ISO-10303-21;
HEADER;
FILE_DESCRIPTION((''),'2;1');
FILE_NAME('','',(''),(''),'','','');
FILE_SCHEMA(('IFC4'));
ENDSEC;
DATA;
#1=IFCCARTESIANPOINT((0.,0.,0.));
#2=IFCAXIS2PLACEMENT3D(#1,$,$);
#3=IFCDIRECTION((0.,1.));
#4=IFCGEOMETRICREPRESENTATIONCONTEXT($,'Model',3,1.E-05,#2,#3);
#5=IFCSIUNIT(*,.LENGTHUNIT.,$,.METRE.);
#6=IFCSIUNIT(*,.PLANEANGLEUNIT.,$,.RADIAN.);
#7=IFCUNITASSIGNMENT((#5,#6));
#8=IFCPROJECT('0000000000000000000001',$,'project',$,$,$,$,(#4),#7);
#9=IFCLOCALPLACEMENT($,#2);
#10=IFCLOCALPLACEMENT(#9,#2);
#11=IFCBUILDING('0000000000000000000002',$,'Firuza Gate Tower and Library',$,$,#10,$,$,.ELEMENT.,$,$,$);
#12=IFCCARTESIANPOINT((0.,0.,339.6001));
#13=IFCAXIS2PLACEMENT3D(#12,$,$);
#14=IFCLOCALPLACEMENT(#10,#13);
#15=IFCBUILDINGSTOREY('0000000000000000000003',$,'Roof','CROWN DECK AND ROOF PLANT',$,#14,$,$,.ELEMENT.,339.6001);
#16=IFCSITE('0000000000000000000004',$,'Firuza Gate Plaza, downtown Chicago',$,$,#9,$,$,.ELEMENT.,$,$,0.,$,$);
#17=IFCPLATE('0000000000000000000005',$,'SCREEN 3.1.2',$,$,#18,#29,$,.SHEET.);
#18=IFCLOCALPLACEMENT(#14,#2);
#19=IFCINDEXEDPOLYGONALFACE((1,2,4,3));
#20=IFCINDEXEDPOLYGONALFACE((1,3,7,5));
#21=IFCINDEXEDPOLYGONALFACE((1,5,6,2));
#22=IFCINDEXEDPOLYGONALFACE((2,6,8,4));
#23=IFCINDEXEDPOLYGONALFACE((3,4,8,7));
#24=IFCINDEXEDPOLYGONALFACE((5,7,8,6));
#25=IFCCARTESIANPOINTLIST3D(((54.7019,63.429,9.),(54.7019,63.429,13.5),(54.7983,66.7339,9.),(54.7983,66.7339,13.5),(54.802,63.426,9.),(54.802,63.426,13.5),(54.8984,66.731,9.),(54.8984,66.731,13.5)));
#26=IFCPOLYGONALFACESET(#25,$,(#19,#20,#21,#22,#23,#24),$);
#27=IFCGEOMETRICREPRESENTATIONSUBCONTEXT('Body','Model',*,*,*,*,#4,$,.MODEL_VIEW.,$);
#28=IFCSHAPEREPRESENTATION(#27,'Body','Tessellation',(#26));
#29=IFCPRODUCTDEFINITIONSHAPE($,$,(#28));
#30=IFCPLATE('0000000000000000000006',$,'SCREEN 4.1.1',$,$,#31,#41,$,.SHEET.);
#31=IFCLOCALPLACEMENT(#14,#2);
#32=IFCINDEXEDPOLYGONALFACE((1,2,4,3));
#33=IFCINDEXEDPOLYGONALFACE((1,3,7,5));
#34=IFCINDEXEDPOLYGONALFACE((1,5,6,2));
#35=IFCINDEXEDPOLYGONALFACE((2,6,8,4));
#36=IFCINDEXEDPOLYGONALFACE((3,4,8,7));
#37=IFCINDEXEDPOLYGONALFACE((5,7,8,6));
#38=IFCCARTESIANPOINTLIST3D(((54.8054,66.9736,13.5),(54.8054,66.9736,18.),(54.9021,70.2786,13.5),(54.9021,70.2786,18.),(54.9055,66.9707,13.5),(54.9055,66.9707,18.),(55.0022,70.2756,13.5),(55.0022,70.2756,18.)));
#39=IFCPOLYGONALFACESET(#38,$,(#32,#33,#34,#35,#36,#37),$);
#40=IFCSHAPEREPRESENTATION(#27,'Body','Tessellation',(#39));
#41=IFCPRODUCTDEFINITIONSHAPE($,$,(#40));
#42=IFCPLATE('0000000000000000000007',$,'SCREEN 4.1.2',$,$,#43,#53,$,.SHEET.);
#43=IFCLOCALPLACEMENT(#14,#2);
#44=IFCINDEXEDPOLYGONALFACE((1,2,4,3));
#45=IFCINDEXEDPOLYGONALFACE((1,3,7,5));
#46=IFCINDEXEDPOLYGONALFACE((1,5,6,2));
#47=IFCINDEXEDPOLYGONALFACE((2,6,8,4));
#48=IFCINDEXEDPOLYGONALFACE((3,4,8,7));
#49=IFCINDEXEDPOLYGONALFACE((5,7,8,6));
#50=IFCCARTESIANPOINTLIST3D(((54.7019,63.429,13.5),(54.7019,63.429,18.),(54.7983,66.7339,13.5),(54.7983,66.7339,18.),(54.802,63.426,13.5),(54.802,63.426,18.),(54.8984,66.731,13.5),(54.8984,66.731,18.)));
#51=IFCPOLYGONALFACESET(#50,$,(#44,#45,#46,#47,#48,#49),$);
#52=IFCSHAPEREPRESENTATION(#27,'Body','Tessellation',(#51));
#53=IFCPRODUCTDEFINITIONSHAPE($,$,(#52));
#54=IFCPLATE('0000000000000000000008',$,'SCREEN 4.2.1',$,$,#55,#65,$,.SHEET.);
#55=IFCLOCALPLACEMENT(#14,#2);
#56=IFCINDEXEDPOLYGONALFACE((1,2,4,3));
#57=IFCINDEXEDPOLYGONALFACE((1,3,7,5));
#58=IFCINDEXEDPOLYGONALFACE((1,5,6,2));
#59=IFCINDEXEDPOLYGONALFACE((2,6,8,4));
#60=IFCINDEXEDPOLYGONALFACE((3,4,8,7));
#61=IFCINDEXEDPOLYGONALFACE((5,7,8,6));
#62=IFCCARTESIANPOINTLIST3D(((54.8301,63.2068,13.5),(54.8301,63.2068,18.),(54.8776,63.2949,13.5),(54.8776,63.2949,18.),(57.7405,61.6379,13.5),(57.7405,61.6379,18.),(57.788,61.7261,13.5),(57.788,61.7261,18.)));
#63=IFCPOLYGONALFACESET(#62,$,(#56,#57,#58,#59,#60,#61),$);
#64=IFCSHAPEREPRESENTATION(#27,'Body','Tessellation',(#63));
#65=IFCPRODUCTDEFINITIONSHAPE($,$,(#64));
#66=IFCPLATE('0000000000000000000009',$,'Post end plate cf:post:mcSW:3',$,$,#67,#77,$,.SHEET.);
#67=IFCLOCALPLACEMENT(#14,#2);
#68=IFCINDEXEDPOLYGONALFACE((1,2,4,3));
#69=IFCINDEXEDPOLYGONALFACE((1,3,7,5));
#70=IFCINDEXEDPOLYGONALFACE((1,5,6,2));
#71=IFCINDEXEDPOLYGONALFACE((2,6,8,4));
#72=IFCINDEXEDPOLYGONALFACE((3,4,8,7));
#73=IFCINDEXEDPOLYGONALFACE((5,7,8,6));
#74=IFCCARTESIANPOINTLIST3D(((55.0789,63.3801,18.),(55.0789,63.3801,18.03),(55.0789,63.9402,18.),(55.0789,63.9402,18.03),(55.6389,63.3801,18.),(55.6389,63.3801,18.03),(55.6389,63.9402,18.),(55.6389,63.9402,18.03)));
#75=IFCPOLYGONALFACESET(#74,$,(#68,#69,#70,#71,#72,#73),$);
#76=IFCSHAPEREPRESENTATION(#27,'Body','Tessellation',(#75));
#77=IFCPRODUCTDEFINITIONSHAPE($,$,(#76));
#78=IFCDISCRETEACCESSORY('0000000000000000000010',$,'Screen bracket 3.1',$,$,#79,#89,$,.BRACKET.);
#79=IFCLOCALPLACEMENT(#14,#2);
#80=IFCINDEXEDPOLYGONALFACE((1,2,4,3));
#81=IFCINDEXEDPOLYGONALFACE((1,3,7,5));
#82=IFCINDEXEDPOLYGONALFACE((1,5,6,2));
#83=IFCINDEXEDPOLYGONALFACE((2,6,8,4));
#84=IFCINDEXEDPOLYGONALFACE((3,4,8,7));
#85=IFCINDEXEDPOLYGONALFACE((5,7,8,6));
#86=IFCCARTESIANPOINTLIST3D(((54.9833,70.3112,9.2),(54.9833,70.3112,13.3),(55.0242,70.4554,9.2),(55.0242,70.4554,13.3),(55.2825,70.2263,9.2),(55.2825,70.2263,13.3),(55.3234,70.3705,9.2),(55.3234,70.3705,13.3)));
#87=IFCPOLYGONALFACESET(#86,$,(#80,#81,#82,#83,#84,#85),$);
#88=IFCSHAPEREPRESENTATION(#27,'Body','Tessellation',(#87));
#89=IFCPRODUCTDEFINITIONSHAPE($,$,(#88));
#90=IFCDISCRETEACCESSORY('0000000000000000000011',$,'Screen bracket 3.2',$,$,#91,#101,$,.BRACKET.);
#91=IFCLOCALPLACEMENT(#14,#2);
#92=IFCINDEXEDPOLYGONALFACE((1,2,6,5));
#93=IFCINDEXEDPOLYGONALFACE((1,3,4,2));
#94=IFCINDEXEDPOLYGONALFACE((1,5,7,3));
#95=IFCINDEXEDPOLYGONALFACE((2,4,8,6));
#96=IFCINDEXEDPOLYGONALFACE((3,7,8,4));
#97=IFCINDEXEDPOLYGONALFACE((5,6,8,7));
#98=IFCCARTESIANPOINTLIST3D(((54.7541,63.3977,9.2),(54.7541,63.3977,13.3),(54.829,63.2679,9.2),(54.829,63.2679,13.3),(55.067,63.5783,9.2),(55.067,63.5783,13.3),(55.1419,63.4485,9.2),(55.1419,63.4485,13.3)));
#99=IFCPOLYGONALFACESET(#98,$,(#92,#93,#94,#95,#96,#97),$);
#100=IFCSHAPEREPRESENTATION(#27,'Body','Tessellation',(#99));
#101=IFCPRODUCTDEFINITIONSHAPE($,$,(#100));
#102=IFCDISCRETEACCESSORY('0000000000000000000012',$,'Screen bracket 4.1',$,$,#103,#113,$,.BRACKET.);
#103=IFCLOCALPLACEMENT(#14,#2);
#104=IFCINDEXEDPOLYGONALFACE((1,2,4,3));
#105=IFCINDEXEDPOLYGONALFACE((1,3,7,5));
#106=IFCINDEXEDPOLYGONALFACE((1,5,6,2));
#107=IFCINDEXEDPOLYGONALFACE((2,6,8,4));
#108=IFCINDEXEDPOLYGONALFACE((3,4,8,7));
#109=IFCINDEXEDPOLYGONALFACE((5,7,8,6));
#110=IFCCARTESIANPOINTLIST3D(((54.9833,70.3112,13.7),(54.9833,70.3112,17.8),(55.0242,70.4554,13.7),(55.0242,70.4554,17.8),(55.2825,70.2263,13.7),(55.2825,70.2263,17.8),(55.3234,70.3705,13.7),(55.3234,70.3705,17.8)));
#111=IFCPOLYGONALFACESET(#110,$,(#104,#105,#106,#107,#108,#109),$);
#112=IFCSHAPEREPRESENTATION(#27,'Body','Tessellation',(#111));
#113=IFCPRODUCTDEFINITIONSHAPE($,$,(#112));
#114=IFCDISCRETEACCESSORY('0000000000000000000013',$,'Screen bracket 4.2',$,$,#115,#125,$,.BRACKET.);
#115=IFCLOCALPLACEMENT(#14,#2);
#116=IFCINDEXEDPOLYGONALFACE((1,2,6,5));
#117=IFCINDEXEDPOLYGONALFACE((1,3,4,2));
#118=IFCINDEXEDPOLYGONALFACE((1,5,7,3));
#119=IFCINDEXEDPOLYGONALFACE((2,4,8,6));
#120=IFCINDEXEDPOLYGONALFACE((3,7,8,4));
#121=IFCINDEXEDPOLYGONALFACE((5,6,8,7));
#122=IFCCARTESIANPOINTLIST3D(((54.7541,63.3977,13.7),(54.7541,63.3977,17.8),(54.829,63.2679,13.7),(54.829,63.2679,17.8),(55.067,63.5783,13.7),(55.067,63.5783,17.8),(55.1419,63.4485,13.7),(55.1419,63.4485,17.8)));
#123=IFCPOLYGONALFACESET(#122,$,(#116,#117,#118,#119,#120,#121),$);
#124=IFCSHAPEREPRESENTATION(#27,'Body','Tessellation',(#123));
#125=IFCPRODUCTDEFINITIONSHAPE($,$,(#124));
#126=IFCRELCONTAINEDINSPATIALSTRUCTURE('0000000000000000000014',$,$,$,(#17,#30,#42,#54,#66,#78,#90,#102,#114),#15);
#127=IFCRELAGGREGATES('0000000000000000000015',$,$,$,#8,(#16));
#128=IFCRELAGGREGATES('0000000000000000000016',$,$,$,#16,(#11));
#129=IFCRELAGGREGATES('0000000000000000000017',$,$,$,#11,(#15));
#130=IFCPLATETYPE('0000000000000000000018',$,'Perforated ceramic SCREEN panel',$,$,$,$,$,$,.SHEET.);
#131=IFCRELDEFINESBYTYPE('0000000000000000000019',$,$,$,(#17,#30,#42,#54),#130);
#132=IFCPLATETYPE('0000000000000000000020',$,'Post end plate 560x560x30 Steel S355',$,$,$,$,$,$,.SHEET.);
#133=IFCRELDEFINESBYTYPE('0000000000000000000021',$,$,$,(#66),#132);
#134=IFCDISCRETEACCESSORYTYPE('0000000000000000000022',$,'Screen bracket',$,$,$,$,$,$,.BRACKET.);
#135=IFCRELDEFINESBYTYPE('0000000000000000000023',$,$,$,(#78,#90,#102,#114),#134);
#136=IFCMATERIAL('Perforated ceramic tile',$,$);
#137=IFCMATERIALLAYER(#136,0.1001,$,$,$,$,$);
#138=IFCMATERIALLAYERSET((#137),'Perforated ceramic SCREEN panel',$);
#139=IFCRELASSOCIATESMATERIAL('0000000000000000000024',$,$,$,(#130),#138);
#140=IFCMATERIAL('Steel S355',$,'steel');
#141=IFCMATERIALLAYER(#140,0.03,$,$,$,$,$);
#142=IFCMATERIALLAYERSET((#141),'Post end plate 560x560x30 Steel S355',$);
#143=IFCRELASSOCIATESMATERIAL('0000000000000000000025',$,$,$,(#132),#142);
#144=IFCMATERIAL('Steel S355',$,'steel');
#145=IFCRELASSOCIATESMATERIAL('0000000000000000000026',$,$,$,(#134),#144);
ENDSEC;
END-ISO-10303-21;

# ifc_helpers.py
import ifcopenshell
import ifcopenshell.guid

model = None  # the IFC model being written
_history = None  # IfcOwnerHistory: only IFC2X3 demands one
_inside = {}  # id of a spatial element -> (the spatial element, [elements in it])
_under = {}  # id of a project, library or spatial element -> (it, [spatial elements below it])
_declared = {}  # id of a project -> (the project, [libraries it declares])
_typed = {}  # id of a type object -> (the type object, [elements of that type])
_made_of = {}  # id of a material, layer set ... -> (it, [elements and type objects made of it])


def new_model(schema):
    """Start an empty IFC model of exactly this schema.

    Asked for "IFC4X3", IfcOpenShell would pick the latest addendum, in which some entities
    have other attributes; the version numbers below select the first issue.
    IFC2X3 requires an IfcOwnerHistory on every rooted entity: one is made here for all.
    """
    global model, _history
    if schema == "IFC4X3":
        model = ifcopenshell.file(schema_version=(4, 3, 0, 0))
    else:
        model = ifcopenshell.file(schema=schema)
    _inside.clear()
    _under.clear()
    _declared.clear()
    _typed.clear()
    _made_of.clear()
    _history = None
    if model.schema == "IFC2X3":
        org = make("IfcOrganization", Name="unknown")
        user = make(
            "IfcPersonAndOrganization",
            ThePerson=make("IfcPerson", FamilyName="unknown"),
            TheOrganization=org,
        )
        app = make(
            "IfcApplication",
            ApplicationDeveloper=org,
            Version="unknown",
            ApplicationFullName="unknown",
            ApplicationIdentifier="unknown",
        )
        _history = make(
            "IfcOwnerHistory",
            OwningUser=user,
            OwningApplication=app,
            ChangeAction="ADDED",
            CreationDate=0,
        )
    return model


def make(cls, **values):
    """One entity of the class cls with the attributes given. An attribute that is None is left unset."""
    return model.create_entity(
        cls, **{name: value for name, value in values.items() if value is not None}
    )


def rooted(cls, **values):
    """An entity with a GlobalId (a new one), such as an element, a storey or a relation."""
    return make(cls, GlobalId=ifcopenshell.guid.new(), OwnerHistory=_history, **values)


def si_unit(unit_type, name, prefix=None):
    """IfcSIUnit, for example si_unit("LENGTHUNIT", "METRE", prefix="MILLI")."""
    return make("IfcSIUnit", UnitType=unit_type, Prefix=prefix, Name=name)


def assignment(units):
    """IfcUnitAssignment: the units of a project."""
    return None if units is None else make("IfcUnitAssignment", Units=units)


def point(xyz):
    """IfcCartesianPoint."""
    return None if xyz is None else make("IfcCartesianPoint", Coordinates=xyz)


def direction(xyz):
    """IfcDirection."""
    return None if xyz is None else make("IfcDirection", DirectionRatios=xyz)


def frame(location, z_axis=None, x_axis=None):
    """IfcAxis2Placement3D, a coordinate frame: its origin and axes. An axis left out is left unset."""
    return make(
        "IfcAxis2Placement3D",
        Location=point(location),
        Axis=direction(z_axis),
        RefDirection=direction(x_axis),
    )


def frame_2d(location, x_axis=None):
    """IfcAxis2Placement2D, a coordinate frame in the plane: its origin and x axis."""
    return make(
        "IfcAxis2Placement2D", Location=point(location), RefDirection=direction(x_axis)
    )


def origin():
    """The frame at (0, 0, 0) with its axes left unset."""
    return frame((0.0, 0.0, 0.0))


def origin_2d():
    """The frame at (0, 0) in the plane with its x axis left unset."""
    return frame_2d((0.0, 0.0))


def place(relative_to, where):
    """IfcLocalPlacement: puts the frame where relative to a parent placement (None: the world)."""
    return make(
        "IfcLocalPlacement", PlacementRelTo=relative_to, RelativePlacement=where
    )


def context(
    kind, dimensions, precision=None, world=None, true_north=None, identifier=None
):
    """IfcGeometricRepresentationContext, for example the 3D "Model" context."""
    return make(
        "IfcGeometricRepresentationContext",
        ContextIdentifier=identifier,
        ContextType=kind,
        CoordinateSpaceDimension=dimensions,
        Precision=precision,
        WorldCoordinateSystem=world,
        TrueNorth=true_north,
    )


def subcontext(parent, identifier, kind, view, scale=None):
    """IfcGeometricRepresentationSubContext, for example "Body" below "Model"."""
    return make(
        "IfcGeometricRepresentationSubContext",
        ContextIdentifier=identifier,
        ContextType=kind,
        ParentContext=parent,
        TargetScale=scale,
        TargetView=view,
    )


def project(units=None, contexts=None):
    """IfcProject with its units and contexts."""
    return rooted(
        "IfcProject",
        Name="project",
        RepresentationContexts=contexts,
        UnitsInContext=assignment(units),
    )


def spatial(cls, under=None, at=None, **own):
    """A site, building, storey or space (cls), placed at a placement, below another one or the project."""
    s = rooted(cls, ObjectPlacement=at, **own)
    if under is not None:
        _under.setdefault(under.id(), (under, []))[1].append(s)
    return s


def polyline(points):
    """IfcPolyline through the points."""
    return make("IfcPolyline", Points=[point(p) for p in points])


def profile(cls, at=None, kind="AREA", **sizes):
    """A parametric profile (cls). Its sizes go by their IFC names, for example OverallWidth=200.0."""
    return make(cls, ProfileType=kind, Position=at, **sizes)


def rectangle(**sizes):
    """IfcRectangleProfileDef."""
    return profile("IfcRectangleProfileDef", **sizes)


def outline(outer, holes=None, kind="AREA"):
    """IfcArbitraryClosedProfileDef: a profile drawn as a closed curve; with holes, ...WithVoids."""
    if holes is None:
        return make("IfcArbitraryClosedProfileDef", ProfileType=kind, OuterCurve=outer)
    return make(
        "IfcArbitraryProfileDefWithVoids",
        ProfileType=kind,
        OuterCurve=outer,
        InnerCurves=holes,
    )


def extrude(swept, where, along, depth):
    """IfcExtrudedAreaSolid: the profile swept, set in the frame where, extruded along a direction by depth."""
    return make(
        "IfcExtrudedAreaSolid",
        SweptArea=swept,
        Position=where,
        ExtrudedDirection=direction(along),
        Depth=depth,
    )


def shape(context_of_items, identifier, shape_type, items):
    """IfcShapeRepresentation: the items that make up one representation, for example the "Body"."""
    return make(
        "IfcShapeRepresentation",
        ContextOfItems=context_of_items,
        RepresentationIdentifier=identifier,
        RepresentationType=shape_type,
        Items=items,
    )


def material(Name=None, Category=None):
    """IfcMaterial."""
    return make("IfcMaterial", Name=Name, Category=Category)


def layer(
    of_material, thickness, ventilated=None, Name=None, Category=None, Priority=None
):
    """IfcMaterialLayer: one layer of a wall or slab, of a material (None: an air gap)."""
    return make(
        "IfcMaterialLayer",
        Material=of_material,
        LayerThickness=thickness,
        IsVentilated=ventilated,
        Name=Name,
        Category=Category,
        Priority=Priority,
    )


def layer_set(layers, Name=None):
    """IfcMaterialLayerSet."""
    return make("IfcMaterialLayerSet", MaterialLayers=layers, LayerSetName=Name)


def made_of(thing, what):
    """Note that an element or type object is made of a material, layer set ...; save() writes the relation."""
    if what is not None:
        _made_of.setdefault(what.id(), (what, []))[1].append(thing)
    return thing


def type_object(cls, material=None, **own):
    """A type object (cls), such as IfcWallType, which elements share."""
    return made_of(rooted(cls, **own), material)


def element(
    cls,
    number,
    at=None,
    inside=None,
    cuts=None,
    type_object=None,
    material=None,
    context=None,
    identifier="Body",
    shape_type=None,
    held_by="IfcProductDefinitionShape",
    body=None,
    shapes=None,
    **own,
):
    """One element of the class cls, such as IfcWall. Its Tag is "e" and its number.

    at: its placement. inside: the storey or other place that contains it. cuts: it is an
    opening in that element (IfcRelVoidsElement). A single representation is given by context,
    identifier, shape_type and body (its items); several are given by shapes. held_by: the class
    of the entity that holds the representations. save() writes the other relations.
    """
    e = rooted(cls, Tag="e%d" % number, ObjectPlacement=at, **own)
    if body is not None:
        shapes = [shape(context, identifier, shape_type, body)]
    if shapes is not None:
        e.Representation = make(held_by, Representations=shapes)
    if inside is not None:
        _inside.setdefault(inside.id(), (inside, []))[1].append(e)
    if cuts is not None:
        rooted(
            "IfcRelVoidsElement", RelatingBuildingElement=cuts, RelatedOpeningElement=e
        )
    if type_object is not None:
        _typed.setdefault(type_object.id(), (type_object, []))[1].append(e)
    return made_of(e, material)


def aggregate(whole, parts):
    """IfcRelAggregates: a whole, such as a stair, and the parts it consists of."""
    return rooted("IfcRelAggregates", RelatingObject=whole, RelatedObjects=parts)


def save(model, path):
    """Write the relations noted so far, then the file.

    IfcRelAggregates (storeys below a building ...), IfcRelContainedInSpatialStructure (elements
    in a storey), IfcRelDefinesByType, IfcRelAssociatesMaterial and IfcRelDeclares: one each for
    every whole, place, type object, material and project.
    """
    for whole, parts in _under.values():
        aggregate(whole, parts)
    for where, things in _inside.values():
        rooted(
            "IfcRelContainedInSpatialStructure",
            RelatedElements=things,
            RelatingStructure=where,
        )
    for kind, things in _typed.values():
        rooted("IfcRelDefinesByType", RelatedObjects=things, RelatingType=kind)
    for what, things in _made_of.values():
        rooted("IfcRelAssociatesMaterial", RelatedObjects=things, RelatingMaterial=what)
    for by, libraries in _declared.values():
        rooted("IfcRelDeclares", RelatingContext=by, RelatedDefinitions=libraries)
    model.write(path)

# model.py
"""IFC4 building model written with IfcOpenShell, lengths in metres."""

from ifc_helpers import new_model, si_unit, direction, frame, origin, origin_2d, place, context, subcontext, project, spatial, polyline, rectangle, outline, extrude, material, layer, layer_set, type_object, element, save


model = new_model("IFC4")

# Units and contexts
model_context = context("Model", 3, precision=1e-05, world=origin(), true_north=direction((0.0, 1.0)))
body_context = subcontext(model_context, "Body", "Model", "MODEL_VIEW")
ifc_project = project(units=[si_unit("LENGTHUNIT", "METRE"), si_unit("PLANEANGLEUNIT", "RADIAN")], contexts=[model_context])

# Site, building, storey
site_placement = place(None, origin())
site = spatial("IfcSite", under=ifc_project, at=site_placement, Name="Firuza Gate Plaza, downtown Chicago", CompositionType="ELEMENT", RefElevation=0.0)
building_placement = place(site_placement, origin())
building = spatial("IfcBuilding", under=site, at=building_placement, Name="Firuza Gate Tower and Library", CompositionType="ELEMENT")
storey_placement = place(building_placement, frame((0.0, 0.0, 339.6001)))
storey = spatial("IfcBuildingStorey", under=building, at=storey_placement, Name="Roof", Description="CROWN DECK AND ROOF PLANT", CompositionType="ELEMENT", Elevation=339.6001)

# Plates
ifc_material_1 = material(Name="Perforated ceramic tile")
ifc_layer_1 = layer(ifc_material_1, 0.1001)
ifc_layer_set_1 = layer_set([ifc_layer_1], Name="Perforated ceramic SCREEN panel")
plate_type_1 = type_object("IfcPlateType", Name="Perforated ceramic SCREEN panel", PredefinedType="SHEET", material=ifc_layer_set_1)
plate_1_placement = place(storey_placement, frame((54.7983, 66.7339, 9.0), z_axis=(-0.999575, 0.029167, 0.0), x_axis=(-0.029167, -0.999575, 0.0)))
element("IfcPlate", 1, at=plate_1_placement, inside=storey, type_object=plate_type_1, Name="SCREEN 3.1.2", PredefinedType="SHEET", context=body_context, shape_type="SweptSolid", body=[
    extrude(outline(polyline([(0.0, 0.0), (3.3063, 0.0), (3.3063, 4.5), (0.0, 4.5), (0.0, 0.0)])), origin(), (0.0, 0.0, -1.0), 0.1001),
])
plate_2_placement = place(storey_placement, frame((54.9021, 70.2786, 13.5), z_axis=(-0.999572, 0.029241, 0.0), x_axis=(-0.029241, -0.999572, 0.0)))
element("IfcPlate", 2, at=plate_2_placement, inside=storey, type_object=plate_type_1, Name="SCREEN 4.1.1", PredefinedType="SHEET", context=body_context, shape_type="SweptSolid", body=[
    extrude(outline(polyline([(0.0, 0.0), (3.3063, 0.0), (3.3063, 4.5), (0.0, 4.5), (0.0, 0.0)])), origin(), (0.0, 0.0, -1.0), 0.1001),
])
plate_3_placement = place(storey_placement, frame((54.7983, 66.7339, 13.5), z_axis=(-0.999575, 0.029167, 0.0), x_axis=(-0.029167, -0.999575, 0.0)))
element("IfcPlate", 3, at=plate_3_placement, inside=storey, type_object=plate_type_1, Name="SCREEN 4.1.2", PredefinedType="SHEET", context=body_context, shape_type="SweptSolid", body=[
    extrude(outline(polyline([(0.0, 0.0), (3.3063, 0.0), (3.3063, 4.5), (0.0, 4.5), (0.0, 0.0)])), origin(), (0.0, 0.0, -1.0), 0.1001),
])
plate_4_placement = place(storey_placement, frame((54.8301, 63.2068, 13.5), z_axis=(-0.4745, -0.880255, 0.0), x_axis=(0.880255, -0.4745, 0.0)))
element("IfcPlate", 4, at=plate_4_placement, inside=storey, type_object=plate_type_1, Name="SCREEN 4.2.1", PredefinedType="SHEET", context=body_context, shape_type="SweptSolid", body=[
    extrude(outline(polyline([(0.0, 0.0), (3.3063, 0.0), (3.3063, 4.5), (0.0, 4.5), (0.0, 0.0)])), origin(), (0.0, 0.0, -1.0), 0.1001),
])
ifc_material_2 = material(Name="Steel S355", Category="steel")
ifc_layer_2 = layer(ifc_material_2, 0.03)
ifc_layer_set_2 = layer_set([ifc_layer_2], Name="Post end plate 560x560x30 Steel S355")
plate_type_2 = type_object("IfcPlateType", Name="Post end plate 560x560x30 Steel S355", PredefinedType="SHEET", material=ifc_layer_set_2)
plate_5_placement = place(storey_placement, frame((55.3589, 63.6602, 18.0), z_axis=(0.0, 0.0, 1.0), x_axis=(1.0, 0.0, 0.0)))
element("IfcPlate", 5, at=plate_5_placement, inside=storey, type_object=plate_type_2, Name="Post end plate cf:post:mcSW:3", PredefinedType="SHEET", context=body_context, shape_type="SweptSolid", body=[
    extrude(rectangle(XDim=0.5601, YDim=0.5601, at=origin_2d()), origin(), (0.0, 0.0, 1.0), 0.03),
])

# Discrete accessories
ifc_material_3 = material(Name="Steel S355", Category="steel")
discrete_accessory_type = type_object("IfcDiscreteAccessoryType", Name="Screen bracket", PredefinedType="BRACKET", material=ifc_material_3)
discrete_accessory_1_placement = place(storey_placement, frame((55.1533, 70.3408, 9.2), z_axis=(0.0, 0.0, 1.0), x_axis=(-0.962041, 0.272906, 0.0)))
element("IfcDiscreteAccessory", 6, at=discrete_accessory_1_placement, inside=storey, type_object=discrete_accessory_type, Name="Screen bracket 3.1", PredefinedType="BRACKET", context=body_context, shape_type="SweptSolid", body=[
    extrude(rectangle(XDim=0.311, YDim=0.1499, at=origin_2d()), origin(), (0.0, 0.0, 1.0), 4.1001),
])
discrete_accessory_2_placement = place(storey_placement, frame((54.948, 63.4231, 9.2), z_axis=(0.0, 0.0, 1.0), x_axis=(-0.866025, -0.5, 0.0)))
element("IfcDiscreteAccessory", 7, at=discrete_accessory_2_placement, inside=storey, type_object=discrete_accessory_type, Name="Screen bracket 3.2", PredefinedType="BRACKET", context=body_context, shape_type="SweptSolid", body=[
    extrude(rectangle(XDim=0.3613, YDim=0.1499, at=origin_2d()), origin(), (0.0, 0.0, 1.0), 4.1001),
])
discrete_accessory_3_placement = place(storey_placement, frame((55.1533, 70.3408, 13.7), z_axis=(0.0, 0.0, 1.0), x_axis=(-0.962041, 0.272906, 0.0)))
element("IfcDiscreteAccessory", 8, at=discrete_accessory_3_placement, inside=storey, type_object=discrete_accessory_type, Name="Screen bracket 4.1", PredefinedType="BRACKET", context=body_context, shape_type="SweptSolid", body=[
    extrude(rectangle(XDim=0.311, YDim=0.1499, at=origin_2d()), origin(), (0.0, 0.0, 1.0), 4.1001),
])
discrete_accessory_4_placement = place(storey_placement, frame((54.948, 63.4231, 13.7), z_axis=(0.0, 0.0, 1.0), x_axis=(-0.866025, -0.5, 0.0)))
element("IfcDiscreteAccessory", 9, at=discrete_accessory_4_placement, inside=storey, type_object=discrete_accessory_type, Name="Screen bracket 4.2", PredefinedType="BRACKET", context=body_context, shape_type="SweptSolid", body=[
    extrude(rectangle(XDim=0.3613, YDim=0.1499, at=origin_2d()), origin(), (0.0, 0.0, 1.0), 4.1001),
])

save(model, "model.ifc")
